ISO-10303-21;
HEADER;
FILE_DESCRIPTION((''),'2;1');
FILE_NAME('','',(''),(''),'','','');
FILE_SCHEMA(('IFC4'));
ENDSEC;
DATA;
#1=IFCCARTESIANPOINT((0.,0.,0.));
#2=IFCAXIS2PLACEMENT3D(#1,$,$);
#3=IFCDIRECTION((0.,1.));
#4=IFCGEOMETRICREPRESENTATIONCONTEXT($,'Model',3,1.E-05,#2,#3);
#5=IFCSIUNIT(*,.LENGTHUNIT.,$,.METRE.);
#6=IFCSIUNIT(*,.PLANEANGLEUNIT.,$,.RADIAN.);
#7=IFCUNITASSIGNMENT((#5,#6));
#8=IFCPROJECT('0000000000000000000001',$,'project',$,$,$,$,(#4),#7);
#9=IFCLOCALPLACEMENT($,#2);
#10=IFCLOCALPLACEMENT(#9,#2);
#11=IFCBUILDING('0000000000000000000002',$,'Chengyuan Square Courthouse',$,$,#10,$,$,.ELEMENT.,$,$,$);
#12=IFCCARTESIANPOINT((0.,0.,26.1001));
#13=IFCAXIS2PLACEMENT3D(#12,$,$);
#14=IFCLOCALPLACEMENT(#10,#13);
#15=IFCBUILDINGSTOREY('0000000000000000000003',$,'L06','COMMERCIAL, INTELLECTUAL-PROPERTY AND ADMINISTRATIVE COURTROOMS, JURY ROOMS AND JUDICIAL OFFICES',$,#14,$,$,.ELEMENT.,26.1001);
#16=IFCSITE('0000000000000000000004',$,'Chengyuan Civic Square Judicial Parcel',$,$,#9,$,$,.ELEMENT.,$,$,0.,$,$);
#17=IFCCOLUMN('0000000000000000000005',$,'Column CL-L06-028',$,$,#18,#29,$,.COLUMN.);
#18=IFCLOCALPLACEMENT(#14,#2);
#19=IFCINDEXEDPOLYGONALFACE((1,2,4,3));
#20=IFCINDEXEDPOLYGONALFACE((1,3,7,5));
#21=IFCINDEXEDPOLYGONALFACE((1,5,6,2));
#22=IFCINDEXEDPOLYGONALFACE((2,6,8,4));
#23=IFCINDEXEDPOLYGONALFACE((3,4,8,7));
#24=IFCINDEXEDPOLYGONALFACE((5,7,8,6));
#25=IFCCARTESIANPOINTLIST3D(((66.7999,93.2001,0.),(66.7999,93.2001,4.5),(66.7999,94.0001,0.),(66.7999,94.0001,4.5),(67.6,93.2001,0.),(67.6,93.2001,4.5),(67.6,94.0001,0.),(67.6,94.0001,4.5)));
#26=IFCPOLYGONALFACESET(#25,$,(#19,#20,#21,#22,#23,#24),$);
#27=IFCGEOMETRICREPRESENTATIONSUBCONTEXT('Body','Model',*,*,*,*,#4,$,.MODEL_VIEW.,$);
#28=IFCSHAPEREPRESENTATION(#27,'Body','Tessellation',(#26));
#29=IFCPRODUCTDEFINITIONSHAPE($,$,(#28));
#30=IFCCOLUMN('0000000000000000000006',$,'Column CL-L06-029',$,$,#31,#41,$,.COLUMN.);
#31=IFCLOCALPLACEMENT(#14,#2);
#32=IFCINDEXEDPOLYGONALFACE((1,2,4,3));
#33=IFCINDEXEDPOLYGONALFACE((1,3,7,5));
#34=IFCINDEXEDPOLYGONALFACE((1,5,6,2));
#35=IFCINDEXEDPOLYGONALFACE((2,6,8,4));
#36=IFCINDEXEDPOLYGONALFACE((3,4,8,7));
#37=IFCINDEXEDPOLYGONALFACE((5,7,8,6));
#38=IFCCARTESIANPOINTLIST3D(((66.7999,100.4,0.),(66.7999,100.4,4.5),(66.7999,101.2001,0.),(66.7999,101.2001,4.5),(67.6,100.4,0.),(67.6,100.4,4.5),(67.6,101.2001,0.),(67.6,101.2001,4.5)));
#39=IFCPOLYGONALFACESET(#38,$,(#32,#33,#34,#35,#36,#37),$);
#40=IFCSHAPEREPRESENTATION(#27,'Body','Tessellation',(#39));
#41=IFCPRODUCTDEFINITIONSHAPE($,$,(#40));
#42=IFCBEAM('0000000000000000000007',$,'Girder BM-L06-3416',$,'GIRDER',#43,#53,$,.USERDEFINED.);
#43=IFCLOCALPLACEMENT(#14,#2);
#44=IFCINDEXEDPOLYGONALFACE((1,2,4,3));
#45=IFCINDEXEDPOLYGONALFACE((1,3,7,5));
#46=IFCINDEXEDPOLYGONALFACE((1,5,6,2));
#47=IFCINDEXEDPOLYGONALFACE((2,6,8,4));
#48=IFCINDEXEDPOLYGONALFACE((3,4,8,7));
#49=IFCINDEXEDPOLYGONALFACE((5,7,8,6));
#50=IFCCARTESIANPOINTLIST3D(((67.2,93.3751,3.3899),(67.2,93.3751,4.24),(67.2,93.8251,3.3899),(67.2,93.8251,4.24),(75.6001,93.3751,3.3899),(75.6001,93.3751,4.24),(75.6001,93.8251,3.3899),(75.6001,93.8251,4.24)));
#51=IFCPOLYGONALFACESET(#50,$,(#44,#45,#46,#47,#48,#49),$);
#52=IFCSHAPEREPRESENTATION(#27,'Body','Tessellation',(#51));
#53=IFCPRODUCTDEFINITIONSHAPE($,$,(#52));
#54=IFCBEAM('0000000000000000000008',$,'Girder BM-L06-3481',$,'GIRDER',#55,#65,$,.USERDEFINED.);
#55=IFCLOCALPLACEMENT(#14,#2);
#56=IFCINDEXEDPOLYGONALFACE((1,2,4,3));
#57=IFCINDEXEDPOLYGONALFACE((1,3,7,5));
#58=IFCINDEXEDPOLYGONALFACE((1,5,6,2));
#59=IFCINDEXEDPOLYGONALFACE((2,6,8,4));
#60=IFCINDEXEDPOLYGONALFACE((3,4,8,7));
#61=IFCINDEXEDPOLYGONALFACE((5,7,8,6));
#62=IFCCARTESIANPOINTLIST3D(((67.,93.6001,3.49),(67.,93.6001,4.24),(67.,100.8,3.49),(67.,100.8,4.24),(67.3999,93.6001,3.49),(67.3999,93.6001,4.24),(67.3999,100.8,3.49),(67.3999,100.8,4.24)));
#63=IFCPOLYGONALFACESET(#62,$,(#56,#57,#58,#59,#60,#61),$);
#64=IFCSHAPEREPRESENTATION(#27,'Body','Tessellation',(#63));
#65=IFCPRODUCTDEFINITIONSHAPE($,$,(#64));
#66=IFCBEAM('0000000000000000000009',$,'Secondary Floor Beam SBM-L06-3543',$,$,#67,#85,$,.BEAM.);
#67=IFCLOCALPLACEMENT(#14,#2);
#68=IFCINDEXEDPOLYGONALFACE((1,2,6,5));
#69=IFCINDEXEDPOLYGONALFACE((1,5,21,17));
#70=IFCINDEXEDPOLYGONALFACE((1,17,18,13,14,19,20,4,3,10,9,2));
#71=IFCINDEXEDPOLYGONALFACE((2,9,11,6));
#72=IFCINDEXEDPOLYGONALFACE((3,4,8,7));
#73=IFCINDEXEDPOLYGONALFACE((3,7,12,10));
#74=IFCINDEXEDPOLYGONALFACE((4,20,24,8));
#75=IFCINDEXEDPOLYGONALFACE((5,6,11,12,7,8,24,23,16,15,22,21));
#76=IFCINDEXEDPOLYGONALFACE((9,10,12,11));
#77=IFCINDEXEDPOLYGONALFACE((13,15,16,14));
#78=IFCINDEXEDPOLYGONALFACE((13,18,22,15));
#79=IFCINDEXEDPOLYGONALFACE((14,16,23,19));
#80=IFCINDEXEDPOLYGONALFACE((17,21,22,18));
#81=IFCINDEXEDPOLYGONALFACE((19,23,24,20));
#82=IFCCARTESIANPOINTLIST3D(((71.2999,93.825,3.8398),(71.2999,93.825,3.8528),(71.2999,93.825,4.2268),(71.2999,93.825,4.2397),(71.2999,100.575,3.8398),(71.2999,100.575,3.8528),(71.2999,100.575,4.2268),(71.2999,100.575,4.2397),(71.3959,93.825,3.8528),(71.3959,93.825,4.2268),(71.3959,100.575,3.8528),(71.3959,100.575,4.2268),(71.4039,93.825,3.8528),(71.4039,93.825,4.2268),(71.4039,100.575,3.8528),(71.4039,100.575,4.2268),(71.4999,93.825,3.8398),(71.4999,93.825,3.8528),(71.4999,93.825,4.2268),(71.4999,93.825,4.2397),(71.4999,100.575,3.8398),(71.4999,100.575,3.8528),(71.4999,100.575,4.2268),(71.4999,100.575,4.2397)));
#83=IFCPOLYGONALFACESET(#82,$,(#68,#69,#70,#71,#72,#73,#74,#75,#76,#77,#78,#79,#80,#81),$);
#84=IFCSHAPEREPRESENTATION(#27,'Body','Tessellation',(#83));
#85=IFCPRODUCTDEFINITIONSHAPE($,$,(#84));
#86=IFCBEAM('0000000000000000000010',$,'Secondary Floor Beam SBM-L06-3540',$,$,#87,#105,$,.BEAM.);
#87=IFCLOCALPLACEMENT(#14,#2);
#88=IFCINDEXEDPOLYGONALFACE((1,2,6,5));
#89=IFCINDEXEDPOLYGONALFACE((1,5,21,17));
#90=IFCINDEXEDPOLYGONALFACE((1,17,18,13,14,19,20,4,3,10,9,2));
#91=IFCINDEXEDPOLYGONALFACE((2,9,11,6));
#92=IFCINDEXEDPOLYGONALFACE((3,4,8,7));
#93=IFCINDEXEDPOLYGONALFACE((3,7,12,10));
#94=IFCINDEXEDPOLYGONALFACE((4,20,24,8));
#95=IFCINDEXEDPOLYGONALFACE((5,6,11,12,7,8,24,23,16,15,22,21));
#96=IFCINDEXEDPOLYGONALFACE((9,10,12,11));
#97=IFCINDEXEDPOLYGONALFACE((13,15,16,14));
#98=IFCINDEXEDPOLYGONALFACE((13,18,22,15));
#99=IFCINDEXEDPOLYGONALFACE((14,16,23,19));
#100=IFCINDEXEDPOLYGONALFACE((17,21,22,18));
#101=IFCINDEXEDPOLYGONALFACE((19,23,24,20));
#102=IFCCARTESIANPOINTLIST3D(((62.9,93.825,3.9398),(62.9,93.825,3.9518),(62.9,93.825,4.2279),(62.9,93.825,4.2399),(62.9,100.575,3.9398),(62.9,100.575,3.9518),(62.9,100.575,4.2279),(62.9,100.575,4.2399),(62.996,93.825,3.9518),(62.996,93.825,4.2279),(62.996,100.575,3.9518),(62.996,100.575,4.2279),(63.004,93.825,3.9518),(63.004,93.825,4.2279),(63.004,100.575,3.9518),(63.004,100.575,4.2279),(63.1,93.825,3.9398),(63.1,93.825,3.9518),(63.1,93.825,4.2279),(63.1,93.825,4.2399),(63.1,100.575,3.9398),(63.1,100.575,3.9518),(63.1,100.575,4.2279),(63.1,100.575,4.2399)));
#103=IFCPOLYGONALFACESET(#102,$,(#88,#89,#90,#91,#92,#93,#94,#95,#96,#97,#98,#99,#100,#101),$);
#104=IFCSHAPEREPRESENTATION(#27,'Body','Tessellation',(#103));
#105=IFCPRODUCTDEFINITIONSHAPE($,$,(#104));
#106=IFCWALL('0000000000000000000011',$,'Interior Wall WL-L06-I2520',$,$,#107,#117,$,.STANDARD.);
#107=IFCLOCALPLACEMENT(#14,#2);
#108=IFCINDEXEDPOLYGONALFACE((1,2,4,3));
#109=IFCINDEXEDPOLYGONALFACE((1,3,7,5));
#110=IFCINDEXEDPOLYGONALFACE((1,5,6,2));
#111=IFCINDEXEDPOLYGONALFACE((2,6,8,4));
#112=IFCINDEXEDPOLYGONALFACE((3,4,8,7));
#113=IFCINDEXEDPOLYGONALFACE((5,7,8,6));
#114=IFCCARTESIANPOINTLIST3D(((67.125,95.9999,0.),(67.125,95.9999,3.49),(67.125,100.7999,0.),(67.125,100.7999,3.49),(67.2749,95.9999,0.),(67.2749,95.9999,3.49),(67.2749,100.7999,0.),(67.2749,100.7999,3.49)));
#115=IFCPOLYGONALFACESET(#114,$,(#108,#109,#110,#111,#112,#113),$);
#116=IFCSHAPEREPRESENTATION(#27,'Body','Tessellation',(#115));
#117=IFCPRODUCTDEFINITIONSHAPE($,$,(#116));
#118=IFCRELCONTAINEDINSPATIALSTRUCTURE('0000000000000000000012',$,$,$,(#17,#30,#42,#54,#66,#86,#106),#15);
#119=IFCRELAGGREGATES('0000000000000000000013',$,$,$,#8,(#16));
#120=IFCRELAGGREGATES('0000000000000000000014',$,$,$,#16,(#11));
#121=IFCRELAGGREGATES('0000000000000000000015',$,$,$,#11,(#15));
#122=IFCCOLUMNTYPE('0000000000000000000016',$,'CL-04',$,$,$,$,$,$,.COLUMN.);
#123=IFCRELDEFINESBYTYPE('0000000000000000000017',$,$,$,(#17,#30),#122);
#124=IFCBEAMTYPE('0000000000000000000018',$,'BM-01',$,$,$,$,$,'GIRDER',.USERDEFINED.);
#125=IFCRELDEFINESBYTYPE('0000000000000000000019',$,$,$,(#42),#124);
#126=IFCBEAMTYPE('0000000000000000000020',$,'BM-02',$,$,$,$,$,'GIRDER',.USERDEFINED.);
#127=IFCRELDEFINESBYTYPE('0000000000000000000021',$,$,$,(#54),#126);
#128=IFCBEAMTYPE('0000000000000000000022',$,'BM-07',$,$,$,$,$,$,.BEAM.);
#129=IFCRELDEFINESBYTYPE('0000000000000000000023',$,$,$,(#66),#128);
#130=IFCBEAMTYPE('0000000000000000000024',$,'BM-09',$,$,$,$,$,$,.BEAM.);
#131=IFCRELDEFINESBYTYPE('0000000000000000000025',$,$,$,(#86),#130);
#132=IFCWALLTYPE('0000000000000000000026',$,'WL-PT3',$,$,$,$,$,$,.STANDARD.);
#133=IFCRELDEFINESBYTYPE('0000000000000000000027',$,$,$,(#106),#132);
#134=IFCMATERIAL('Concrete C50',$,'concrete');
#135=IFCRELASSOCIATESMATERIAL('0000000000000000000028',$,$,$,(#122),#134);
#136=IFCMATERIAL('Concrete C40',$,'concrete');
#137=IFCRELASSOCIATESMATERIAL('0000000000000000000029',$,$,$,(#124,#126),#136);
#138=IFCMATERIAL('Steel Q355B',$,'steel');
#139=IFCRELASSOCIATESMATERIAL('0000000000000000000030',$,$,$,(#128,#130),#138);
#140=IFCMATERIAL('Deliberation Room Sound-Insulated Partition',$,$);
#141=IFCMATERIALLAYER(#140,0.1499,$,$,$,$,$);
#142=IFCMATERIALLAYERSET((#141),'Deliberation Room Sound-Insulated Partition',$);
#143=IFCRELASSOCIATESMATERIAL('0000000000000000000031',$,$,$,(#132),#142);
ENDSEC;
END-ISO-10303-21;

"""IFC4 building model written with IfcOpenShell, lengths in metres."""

from ifc_helpers import new_model, si_unit, direction, frame, frame_2d, origin, origin_2d, place, context, subcontext, project, spatial, rectangle, i_section, extrude, material, layer, layer_set, material_profile, profile_set, type_object, element, save


model = new_model("IFC4")

# Units and contexts
model_context = context("Model", 3, precision=1e-05, world=origin(), true_north=direction((0.0, 1.0)))
body_context = subcontext(model_context, "Body", "Model", "MODEL_VIEW")
ifc_project = project(units=[si_unit("LENGTHUNIT", "METRE"), si_unit("PLANEANGLEUNIT", "RADIAN")], contexts=[model_context])

# Site, building, storey
site_placement = place(None, origin())
site = spatial("IfcSite", under=ifc_project, at=site_placement, Name="Chengyuan Civic Square Judicial Parcel", CompositionType="ELEMENT", RefElevation=0.0)
building_placement = place(site_placement, origin())
building = spatial("IfcBuilding", under=site, at=building_placement, Name="Chengyuan Square Courthouse", CompositionType="ELEMENT")
storey_placement = place(building_placement, frame((0.0, 0.0, 26.1001)))
storey = spatial("IfcBuildingStorey", under=building, at=storey_placement, Name="L06", Description="COMMERCIAL, INTELLECTUAL-PROPERTY AND ADMINISTRATIVE COURTROOMS, JURY ROOMS AND JUDICIAL OFFICES", CompositionType="ELEMENT", Elevation=26.1001)

# Columns
ifc_material_1 = material(Name="Concrete C50", Category="concrete")
ifc_material_profile_1 = material_profile(ifc_material_1, rectangle(XDim=0.8, YDim=0.8, at=origin_2d()), Name="RC-COL-800x800")
ifc_profile_set_1 = profile_set([ifc_material_profile_1], Name="Concrete C50")
column_type = type_object("IfcColumnType", Name="CL-04", PredefinedType="COLUMN", material=ifc_profile_set_1)
for number, where, z_axis, x_axis, name in (
    (1, (67.2, 93.6001, 0.0), (0.0, 0.0, 1.0), (1.0, 0.0, 0.0), "Column CL-L06-028"),
    (2, (67.2, 100.8, 0.0), (0.0, 0.0, 1.0), (1.0, 0.0, 0.0), "Column CL-L06-029"),
):
    element("IfcColumn", number, at=place(storey_placement, frame(where, z_axis=z_axis, x_axis=x_axis)), inside=storey, type_object=column_type, Name=name, PredefinedType="COLUMN", context=body_context, shape_type="SweptSolid", body=[
        extrude(rectangle(XDim=0.8, YDim=0.8, at=origin_2d()), origin(), (0.0, 0.0, 1.0), 4.5),
    ])

# Beams
ifc_material_2 = material(Name="Concrete C40", Category="concrete")
ifc_material_profile_2 = material_profile(ifc_material_2, rectangle(XDim=0.45, YDim=0.8501, at=origin_2d()), Name="RC-BM-450x850")
ifc_profile_set_2 = profile_set([ifc_material_profile_2], Name="Concrete C40")
beam_type_1 = type_object("IfcBeamType", Name="BM-01", ElementType="GIRDER", PredefinedType="USERDEFINED", material=ifc_profile_set_2)
beam_1_placement = place(storey_placement, frame((67.2, 93.6001, 3.8149), z_axis=(1.0, 0.0, 0.0), x_axis=(0.0, 1.0, 0.0)))
element("IfcBeam", 3, at=beam_1_placement, inside=storey, type_object=beam_type_1, Name="Girder BM-L06-3416", ObjectType="GIRDER", PredefinedType="USERDEFINED", context=body_context, shape_type="SweptSolid", body=[
    extrude(rectangle(XDim=0.45, YDim=0.8501, at=origin_2d()), origin(), (0.0, 0.0, 1.0), 8.4001),
])
ifc_material_profile_3 = material_profile(ifc_material_2, rectangle(XDim=0.3999, YDim=0.75, at=origin_2d()), Name="RC-BM-400x750")
ifc_profile_set_3 = profile_set([ifc_material_profile_3], Name="Concrete C40")
beam_type_2 = type_object("IfcBeamType", Name="BM-02", ElementType="GIRDER", PredefinedType="USERDEFINED", material=ifc_profile_set_3)
beam_2_placement = place(storey_placement, frame((67.2, 93.6001, 3.865), z_axis=(0.0, 1.0, 0.0), x_axis=(-1.0, 0.0, 0.0)))
element("IfcBeam", 4, at=beam_2_placement, inside=storey, type_object=beam_type_2, Name="Girder BM-L06-3481", ObjectType="GIRDER", PredefinedType="USERDEFINED", context=body_context, shape_type="SweptSolid", body=[
    extrude(rectangle(XDim=0.3999, YDim=0.75, at=origin_2d()), origin(), (0.0, 0.0, 1.0), 7.2),
])
ifc_material_3 = material(Name="Steel Q355B", Category="steel")
ifc_material_profile_4 = material_profile(ifc_material_3, i_section(OverallWidth=0.2, OverallDepth=0.3999, WebThickness=0.0081, FlangeThickness=0.0129, at=origin_2d()), Name="HN 400x200x8x13")
ifc_profile_set_4 = profile_set([ifc_material_profile_4], Name="Steel Q355B")
beam_type_3 = type_object("IfcBeamType", Name="BM-07", PredefinedType="BEAM", material=ifc_profile_set_4)
beam_3_placement = place(storey_placement, frame((71.3999, 93.825, 4.0398), z_axis=(0.0, 1.0, 0.0), x_axis=(-1.0, 0.0, 0.0)))
element("IfcBeam", 5, at=beam_3_placement, inside=storey, type_object=beam_type_3, Name="Secondary Floor Beam SBM-L06-3543", PredefinedType="BEAM", context=body_context, shape_type="SweptSolid", body=[
    extrude(i_section(OverallWidth=0.2, OverallDepth=0.3999, WebThickness=0.0081, FlangeThickness=0.0129, at=origin_2d()), origin(), (0.0, 0.0, 1.0), 6.75),
])
ifc_material_profile_5 = material_profile(ifc_material_3, i_section(OverallWidth=0.2, OverallDepth=0.3, WebThickness=0.0081, FlangeThickness=0.012, at=origin_2d()), Name="HM 300x200x8x12")
ifc_profile_set_5 = profile_set([ifc_material_profile_5], Name="Steel Q355B")
beam_type_4 = type_object("IfcBeamType", Name="BM-09", PredefinedType="BEAM", material=ifc_profile_set_5)
beam_4_placement = place(storey_placement, frame((63.0, 93.825, 4.0898), z_axis=(0.0, 1.0, 0.0), x_axis=(-1.0, 0.0, 0.0)))
element("IfcBeam", 6, at=beam_4_placement, inside=storey, type_object=beam_type_4, Name="Secondary Floor Beam SBM-L06-3540", PredefinedType="BEAM", context=body_context, shape_type="SweptSolid", body=[
    extrude(i_section(OverallWidth=0.2, OverallDepth=0.3, WebThickness=0.0081, FlangeThickness=0.012, at=origin_2d()), origin(), (0.0, 0.0, 1.0), 6.75),
])

# Wall
ifc_material_4 = material(Name="Deliberation Room Sound-Insulated Partition")
ifc_layer_1 = layer(ifc_material_4, 0.1499)
ifc_layer_set_1 = layer_set([ifc_layer_1], Name="Deliberation Room Sound-Insulated Partition")
wall_type_1 = type_object("IfcWallType", Name="WL-PT3", PredefinedType="STANDARD", material=ifc_layer_set_1)
wall_1_placement = place(storey_placement, frame((67.2, 96.0, 0.0), z_axis=(0.0, 0.0, 1.0), x_axis=(0.0, 1.0, 0.0)))
element("IfcWall", 7, at=wall_1_placement, inside=storey, type_object=wall_type_1, Name="Interior Wall WL-L06-I2520", PredefinedType="STANDARD", context=body_context, shape_type="SweptSolid", body=[
    extrude(rectangle(XDim=4.8, YDim=0.1499, at=frame_2d((2.3999, 0.0))), origin(), (0.0, 0.0, 1.0), 3.49),
])

save(model, "model.ifc")
